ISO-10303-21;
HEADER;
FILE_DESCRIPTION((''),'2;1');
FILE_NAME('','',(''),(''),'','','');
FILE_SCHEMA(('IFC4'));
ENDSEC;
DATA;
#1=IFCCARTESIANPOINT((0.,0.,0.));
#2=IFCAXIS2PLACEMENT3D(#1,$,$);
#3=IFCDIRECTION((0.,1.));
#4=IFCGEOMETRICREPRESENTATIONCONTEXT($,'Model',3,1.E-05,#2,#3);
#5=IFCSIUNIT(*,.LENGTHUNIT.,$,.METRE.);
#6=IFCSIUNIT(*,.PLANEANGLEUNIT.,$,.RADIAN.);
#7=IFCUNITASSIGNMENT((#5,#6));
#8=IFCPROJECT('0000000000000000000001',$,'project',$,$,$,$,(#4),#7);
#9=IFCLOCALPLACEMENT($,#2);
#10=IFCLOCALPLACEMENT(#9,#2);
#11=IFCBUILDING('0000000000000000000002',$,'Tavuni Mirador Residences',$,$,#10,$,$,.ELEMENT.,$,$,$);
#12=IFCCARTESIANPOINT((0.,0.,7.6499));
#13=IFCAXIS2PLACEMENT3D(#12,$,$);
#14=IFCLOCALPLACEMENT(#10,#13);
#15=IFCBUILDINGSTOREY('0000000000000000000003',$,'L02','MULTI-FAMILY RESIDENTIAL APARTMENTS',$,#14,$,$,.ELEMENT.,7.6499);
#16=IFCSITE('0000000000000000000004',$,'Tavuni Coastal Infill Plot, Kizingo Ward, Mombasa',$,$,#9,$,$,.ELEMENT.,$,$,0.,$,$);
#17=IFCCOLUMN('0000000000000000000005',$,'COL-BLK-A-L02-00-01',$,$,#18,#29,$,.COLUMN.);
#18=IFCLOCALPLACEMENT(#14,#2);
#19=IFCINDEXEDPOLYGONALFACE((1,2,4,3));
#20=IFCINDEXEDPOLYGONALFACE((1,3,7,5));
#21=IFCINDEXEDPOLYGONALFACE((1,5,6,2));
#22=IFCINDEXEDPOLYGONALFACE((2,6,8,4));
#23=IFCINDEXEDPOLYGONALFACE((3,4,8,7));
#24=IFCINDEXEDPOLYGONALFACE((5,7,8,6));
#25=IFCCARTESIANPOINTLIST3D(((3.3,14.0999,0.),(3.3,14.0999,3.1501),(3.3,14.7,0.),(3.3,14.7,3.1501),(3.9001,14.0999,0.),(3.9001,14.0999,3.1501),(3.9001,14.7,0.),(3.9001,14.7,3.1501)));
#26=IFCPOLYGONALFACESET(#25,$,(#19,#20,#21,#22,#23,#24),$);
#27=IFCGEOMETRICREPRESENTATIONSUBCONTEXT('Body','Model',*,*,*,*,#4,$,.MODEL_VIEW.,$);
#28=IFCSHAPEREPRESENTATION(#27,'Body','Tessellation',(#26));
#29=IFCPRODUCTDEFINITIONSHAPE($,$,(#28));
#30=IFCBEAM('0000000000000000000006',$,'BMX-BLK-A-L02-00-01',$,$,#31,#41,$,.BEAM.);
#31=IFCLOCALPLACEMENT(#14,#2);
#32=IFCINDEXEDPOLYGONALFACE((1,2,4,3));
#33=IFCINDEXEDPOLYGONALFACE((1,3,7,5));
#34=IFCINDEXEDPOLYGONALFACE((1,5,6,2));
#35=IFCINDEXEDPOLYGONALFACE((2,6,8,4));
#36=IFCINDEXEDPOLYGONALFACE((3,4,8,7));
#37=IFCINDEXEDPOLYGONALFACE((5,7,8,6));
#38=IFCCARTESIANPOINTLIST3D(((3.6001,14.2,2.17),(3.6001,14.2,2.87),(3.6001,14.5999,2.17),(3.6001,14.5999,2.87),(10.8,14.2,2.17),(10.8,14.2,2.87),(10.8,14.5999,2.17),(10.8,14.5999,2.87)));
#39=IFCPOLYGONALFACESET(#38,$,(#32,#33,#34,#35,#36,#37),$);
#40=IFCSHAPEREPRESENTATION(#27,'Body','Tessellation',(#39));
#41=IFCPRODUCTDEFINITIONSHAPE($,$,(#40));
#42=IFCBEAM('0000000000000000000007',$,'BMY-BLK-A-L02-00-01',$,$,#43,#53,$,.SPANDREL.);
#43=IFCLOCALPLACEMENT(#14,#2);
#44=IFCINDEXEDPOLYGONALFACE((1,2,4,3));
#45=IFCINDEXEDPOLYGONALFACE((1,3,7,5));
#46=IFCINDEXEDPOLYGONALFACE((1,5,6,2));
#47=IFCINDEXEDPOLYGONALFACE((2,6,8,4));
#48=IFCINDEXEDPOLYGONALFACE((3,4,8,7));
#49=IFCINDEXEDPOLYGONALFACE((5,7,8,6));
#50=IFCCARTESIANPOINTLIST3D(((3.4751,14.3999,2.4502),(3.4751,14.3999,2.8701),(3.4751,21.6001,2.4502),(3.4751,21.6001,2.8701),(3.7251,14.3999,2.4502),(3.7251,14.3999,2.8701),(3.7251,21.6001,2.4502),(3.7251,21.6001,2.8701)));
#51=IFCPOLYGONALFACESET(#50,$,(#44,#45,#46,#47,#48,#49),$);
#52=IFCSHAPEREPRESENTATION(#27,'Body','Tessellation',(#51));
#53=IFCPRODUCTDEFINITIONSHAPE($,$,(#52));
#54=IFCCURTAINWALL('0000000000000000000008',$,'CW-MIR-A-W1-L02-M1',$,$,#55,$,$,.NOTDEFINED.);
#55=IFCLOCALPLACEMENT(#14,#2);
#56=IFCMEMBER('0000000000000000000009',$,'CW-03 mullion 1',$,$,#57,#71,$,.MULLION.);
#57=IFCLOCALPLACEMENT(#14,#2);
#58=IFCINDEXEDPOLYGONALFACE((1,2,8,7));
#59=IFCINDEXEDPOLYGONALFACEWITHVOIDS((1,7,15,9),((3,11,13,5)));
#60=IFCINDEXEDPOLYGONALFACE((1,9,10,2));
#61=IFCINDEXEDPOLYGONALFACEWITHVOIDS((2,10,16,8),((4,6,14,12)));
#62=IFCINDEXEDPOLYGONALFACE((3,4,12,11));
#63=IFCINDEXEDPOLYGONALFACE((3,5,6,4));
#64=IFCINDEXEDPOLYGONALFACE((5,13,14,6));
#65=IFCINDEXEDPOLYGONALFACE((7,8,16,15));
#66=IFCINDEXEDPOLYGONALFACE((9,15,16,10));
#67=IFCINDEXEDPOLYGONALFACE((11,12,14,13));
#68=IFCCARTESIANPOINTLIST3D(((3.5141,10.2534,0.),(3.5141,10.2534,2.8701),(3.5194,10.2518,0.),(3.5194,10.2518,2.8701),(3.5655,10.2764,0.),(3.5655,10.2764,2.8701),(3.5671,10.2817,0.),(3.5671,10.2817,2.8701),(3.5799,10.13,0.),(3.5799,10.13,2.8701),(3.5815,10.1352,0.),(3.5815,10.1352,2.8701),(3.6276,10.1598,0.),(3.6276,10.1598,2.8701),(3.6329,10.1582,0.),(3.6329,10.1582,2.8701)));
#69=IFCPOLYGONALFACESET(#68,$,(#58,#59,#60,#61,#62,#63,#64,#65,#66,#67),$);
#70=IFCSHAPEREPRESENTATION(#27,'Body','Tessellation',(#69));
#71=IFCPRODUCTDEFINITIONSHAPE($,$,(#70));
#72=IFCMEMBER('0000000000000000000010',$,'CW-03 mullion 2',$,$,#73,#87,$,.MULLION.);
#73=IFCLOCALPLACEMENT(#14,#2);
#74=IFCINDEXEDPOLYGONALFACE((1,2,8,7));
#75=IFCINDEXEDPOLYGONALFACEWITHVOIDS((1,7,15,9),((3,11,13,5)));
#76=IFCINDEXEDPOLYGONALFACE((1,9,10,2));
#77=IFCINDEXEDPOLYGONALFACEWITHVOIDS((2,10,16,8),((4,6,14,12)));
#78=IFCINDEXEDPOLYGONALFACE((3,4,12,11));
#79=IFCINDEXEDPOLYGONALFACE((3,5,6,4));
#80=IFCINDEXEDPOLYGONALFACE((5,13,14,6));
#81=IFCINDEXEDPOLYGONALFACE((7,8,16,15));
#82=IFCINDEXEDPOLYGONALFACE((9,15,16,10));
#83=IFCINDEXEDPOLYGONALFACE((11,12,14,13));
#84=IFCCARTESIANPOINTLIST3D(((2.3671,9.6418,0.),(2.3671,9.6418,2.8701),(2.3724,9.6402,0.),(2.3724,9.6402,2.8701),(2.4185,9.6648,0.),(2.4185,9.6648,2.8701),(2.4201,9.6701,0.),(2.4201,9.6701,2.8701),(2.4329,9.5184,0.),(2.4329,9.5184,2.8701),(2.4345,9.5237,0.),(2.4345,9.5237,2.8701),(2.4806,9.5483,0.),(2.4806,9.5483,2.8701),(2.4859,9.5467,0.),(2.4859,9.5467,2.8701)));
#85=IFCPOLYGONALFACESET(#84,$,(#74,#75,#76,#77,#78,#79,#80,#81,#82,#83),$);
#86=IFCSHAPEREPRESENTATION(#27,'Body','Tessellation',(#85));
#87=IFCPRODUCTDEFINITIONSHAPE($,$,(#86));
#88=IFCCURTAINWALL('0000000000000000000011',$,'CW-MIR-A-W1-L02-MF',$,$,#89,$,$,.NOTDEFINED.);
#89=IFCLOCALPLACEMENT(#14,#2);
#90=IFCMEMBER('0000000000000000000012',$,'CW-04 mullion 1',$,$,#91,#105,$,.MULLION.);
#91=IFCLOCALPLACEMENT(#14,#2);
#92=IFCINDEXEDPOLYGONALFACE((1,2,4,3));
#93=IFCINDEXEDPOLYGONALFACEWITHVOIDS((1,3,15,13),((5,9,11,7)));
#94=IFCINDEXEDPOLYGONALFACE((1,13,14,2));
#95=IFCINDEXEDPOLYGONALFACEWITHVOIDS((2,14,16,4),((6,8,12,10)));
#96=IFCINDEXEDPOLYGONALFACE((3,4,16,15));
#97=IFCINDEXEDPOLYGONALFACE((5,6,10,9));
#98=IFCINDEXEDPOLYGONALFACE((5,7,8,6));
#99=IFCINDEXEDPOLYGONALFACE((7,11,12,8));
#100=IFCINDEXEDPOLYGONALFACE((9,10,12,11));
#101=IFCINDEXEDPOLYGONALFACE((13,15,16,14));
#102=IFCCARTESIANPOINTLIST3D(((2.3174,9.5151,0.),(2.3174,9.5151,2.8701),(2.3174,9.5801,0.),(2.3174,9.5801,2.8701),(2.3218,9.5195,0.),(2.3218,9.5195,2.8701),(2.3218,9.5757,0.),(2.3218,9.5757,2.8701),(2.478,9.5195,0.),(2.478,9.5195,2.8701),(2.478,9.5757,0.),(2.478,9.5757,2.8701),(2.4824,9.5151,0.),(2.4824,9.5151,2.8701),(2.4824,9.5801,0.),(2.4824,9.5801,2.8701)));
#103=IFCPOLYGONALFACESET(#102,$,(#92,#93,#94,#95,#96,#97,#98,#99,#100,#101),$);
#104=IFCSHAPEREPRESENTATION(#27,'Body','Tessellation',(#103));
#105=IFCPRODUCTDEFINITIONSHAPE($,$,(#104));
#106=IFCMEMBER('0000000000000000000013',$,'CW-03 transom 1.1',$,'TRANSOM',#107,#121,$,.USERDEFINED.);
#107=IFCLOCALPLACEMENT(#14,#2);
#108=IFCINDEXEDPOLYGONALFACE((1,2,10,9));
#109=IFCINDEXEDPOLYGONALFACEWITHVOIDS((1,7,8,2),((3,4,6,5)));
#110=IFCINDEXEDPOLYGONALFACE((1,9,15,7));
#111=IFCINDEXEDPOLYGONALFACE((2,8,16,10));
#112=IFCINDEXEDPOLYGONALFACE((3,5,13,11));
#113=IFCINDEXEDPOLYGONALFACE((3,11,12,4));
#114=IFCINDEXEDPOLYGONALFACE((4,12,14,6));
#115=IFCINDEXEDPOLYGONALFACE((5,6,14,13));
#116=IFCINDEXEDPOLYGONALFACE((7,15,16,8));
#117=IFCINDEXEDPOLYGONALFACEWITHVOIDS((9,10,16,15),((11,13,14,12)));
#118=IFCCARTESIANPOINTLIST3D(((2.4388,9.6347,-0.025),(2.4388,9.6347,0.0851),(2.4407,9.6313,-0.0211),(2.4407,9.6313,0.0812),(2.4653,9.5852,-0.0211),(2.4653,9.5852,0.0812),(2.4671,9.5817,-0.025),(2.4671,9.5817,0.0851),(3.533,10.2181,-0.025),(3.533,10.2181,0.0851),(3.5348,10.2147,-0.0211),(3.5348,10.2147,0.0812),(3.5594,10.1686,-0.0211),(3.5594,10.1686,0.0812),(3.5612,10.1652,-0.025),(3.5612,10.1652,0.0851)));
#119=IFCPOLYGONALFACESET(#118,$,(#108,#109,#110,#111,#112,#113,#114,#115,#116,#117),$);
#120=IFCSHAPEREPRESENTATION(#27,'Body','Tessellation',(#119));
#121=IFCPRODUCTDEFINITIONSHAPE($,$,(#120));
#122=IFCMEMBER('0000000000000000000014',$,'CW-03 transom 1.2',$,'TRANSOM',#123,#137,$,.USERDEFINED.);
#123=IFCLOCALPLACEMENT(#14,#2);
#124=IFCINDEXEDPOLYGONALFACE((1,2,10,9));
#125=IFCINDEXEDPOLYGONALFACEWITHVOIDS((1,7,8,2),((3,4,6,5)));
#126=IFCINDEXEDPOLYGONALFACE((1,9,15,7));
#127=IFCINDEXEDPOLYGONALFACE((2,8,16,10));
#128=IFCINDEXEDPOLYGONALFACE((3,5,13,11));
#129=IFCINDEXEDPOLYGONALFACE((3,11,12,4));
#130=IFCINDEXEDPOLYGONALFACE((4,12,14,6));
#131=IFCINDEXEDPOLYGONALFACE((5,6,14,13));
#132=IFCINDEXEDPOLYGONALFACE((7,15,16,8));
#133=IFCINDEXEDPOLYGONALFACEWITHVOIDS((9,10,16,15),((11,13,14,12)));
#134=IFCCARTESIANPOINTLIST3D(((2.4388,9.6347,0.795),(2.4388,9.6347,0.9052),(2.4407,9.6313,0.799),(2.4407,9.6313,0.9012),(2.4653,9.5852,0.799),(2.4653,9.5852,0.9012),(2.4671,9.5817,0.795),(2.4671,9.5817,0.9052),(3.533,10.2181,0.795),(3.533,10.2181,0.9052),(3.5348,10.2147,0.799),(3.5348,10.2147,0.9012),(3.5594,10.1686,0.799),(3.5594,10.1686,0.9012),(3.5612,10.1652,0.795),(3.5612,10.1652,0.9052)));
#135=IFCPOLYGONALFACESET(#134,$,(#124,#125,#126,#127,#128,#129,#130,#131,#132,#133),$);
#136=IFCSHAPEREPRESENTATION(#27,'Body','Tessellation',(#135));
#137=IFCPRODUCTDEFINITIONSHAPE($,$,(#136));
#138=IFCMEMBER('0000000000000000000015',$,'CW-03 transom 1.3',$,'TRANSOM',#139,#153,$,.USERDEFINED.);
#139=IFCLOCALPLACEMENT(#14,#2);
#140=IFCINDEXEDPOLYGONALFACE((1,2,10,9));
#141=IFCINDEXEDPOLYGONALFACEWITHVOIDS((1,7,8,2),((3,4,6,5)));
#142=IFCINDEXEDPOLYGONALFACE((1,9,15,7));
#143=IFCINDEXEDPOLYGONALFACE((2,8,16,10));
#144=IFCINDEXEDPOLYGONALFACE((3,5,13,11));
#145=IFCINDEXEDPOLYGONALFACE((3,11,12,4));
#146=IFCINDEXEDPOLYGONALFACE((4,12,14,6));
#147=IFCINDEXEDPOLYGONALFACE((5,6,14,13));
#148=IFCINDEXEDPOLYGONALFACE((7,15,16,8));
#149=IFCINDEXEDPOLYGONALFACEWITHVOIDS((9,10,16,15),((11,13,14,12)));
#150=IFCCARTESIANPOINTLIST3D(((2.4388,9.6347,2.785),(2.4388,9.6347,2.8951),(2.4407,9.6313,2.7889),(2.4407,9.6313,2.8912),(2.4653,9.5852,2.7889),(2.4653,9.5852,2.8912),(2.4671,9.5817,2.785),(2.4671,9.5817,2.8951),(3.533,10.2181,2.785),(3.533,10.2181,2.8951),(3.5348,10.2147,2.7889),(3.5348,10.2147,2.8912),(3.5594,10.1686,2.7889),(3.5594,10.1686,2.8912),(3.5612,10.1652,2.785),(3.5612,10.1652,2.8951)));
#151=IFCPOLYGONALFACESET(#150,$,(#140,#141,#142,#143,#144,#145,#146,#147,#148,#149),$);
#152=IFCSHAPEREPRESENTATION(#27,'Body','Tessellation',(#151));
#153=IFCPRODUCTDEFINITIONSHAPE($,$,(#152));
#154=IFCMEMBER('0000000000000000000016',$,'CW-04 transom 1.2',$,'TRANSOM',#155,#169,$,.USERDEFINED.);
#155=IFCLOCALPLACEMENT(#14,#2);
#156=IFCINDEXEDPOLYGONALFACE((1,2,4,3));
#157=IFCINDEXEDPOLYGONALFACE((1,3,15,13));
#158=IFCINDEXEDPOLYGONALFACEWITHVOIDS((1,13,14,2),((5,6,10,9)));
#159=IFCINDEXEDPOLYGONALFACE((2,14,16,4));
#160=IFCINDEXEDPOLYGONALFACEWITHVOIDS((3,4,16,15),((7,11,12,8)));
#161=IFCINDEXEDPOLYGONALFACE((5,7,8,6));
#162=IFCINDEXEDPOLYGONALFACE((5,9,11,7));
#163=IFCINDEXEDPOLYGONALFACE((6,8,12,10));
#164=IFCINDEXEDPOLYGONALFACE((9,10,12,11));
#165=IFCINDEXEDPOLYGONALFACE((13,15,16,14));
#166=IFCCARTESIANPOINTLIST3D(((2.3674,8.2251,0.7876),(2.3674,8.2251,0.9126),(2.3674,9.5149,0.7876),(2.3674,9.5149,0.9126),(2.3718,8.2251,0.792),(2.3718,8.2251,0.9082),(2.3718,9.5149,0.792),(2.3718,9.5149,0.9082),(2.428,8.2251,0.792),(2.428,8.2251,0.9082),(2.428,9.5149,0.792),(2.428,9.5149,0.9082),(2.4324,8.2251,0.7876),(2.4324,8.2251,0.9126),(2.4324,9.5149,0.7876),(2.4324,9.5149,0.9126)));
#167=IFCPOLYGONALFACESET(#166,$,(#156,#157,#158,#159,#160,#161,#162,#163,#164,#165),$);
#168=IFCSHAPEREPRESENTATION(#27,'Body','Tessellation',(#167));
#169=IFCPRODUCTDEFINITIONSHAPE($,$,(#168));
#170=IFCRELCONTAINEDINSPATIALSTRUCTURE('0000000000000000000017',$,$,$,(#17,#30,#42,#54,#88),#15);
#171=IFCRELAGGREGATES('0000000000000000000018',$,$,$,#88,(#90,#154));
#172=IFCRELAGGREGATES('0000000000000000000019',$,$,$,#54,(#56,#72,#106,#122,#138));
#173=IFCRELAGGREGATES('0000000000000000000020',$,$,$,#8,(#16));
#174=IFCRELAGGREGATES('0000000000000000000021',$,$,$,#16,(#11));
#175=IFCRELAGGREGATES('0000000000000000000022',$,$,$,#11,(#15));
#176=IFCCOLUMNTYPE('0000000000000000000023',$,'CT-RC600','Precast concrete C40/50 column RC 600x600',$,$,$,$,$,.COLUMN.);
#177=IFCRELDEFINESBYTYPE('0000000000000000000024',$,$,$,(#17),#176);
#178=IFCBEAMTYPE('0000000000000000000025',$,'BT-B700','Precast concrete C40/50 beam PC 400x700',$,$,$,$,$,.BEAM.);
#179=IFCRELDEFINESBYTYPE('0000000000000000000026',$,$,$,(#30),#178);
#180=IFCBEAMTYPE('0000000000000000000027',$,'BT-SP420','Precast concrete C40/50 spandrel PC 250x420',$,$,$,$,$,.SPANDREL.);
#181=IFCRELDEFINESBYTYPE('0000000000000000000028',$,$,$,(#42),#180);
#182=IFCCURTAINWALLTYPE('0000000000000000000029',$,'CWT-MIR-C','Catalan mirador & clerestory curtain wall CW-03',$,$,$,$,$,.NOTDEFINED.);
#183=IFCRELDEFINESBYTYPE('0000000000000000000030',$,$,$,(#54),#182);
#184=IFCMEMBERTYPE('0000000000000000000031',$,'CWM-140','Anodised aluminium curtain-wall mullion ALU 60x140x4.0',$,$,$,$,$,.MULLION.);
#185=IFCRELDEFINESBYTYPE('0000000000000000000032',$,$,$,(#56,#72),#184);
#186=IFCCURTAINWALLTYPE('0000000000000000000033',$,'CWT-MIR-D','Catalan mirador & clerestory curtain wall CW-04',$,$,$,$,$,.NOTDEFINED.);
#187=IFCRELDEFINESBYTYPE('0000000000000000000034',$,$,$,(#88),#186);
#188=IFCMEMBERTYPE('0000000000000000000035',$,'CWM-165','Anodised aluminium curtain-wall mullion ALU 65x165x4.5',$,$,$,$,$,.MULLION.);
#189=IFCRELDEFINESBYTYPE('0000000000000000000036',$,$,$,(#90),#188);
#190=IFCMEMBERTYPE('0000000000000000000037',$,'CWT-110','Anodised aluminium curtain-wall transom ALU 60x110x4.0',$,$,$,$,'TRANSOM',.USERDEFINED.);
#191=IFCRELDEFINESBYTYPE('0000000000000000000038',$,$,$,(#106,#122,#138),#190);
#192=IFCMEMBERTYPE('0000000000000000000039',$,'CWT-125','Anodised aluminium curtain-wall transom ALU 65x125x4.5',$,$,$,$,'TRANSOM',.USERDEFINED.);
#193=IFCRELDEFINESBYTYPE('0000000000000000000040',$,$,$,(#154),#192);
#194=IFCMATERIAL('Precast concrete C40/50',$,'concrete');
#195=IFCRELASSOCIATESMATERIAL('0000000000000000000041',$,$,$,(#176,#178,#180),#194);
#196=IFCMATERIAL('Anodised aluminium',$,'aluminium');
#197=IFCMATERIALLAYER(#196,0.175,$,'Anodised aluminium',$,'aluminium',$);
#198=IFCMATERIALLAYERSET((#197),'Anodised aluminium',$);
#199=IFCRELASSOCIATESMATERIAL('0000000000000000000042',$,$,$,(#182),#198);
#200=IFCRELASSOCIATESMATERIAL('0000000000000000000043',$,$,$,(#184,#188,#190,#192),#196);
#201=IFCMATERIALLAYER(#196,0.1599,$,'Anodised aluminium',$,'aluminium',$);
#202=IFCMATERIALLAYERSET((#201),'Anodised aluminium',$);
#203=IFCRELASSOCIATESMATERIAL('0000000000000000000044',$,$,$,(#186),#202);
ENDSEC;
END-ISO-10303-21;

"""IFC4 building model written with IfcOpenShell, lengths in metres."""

from ifc_helpers import new_model, si_unit, direction, frame, origin, origin_2d, place, context, subcontext, project, spatial, rectangle, hollow_rectangle, extrude, material, layer, layer_set, material_profile, profile_set, type_object, element, aggregate, save


model = new_model("IFC4")

# Units and contexts
model_context = context("Model", 3, precision=1e-05, world=origin(), true_north=direction((0.0, 1.0)))
body_context = subcontext(model_context, "Body", "Model", "MODEL_VIEW")
ifc_project = project(units=[si_unit("LENGTHUNIT", "METRE"), si_unit("PLANEANGLEUNIT", "RADIAN")], contexts=[model_context])

# Site, building, storey
site_placement = place(None, origin())
site = spatial("IfcSite", under=ifc_project, at=site_placement, Name="Tavuni Coastal Infill Plot, Kizingo Ward, Mombasa", CompositionType="ELEMENT", RefElevation=0.0)
building_placement = place(site_placement, origin())
building = spatial("IfcBuilding", under=site, at=building_placement, Name="Tavuni Mirador Residences", CompositionType="ELEMENT")
storey_placement = place(building_placement, frame((0.0, 0.0, 7.6499)))
storey = spatial("IfcBuildingStorey", under=building, at=storey_placement, Name="L02", Description="MULTI-FAMILY RESIDENTIAL APARTMENTS", CompositionType="ELEMENT", Elevation=7.6499)

# Column
ifc_material_1 = material(Name="Precast concrete C40/50", Category="concrete")
ifc_material_profile_1 = material_profile(ifc_material_1, rectangle(XDim=0.6001, YDim=0.6001, at=origin_2d()), Name="RC 600x600", Category="concrete")
ifc_profile_set_1 = profile_set([ifc_material_profile_1], Name="Precast concrete C40/50")
column_type = type_object("IfcColumnType", Name="CT-RC600", Description="Precast concrete C40/50 column RC 600x600", PredefinedType="COLUMN", material=ifc_profile_set_1)
column_placement = place(storey_placement, frame((3.6001, 14.3999, 0.0), z_axis=(0.0, 0.0, 1.0), x_axis=(1.0, 0.0, 0.0)))
element("IfcColumn", 1, at=column_placement, inside=storey, type_object=column_type, Name="COL-BLK-A-L02-00-01", PredefinedType="COLUMN", context=body_context, shape_type="SweptSolid", body=[
    extrude(rectangle(XDim=0.6001, YDim=0.6001, at=origin_2d()), origin(), (0.0, 0.0, 1.0), 3.1501),
])

# Beams
ifc_material_profile_2 = material_profile(ifc_material_1, rectangle(XDim=0.3999, YDim=0.7, at=origin_2d()), Name="PC 400x700", Category="concrete")
ifc_profile_set_2 = profile_set([ifc_material_profile_2], Name="Precast concrete C40/50")
beam_type_1 = type_object("IfcBeamType", Name="BT-B700", Description="Precast concrete C40/50 beam PC 400x700", PredefinedType="BEAM", material=ifc_profile_set_2)
beam_1_placement = place(storey_placement, frame((3.6001, 14.3999, 2.52), z_axis=(1.0, 0.0, 0.0), x_axis=(0.0, 1.0, 0.0)))
element("IfcBeam", 2, at=beam_1_placement, inside=storey, type_object=beam_type_1, Name="BMX-BLK-A-L02-00-01", PredefinedType="BEAM", context=body_context, shape_type="SweptSolid", body=[
    extrude(rectangle(XDim=0.3999, YDim=0.7, at=origin_2d()), origin(), (0.0, 0.0, 1.0), 7.2),
])
ifc_material_profile_3 = material_profile(ifc_material_1, rectangle(XDim=0.25, YDim=0.4199, at=origin_2d()), Name="PC 250x420", Category="concrete")
ifc_profile_set_3 = profile_set([ifc_material_profile_3], Name="Precast concrete C40/50")
beam_type_2 = type_object("IfcBeamType", Name="BT-SP420", Description="Precast concrete C40/50 spandrel PC 250x420", PredefinedType="SPANDREL", material=ifc_profile_set_3)
beam_2_placement = place(storey_placement, frame((3.6001, 14.3999, 2.6602), z_axis=(0.0, 1.0, 0.0), x_axis=(-1.0, 0.0, 0.0)))
element("IfcBeam", 3, at=beam_2_placement, inside=storey, type_object=beam_type_2, Name="BMY-BLK-A-L02-00-01", PredefinedType="SPANDREL", context=body_context, shape_type="SweptSolid", body=[
    extrude(rectangle(XDim=0.25, YDim=0.4199, at=origin_2d()), origin(), (0.0, 0.0, 1.0), 7.2002),
])

# Curtain wall, members
ifc_material_2 = material(Name="Anodised aluminium", Category="aluminium")
ifc_layer_1 = layer(ifc_material_2, 0.175, Name="Anodised aluminium", Category="aluminium")
ifc_layer_set_1 = layer_set([ifc_layer_1], Name="Anodised aluminium")
curtain_wall_type_1 = type_object("IfcCurtainWallType", Name="CWT-MIR-C", Description="Catalan mirador & clerestory curtain wall CW-03", PredefinedType="NOTDEFINED", material=ifc_layer_set_1)
curtain_wall_1_placement = place(storey_placement, origin())
curtain_wall_1 = element("IfcCurtainWall", 4, at=curtain_wall_1_placement, inside=storey, type_object=curtain_wall_type_1, Name="CW-MIR-A-W1-L02-M1", PredefinedType="NOTDEFINED")
ifc_material_profile_4 = material_profile(ifc_material_2, hollow_rectangle(XDim=0.0601, YDim=0.1399, WallThickness=0.0039, at=origin_2d()), Name="ALU 60x140x4.0", Category="aluminium")
ifc_profile_set_4 = profile_set([ifc_material_profile_4], Name="Anodised aluminium")
member_type_1 = type_object("IfcMemberType", Name="CWM-140", Description="Anodised aluminium curtain-wall mullion ALU 60x140x4.0", PredefinedType="MULLION", material=ifc_profile_set_4)
member_1_placement = place(storey_placement, frame((3.5735, 10.2058, 0.0), z_axis=(0.0, 0.0, 1.0), x_axis=(-0.882353, -0.470588, 0.0)))
member_1 = element("IfcMember", 5, at=member_1_placement, type_object=member_type_1, Name="CW-03 mullion 1", PredefinedType="MULLION", context=body_context, shape_type="SweptSolid", body=[
    extrude(hollow_rectangle(XDim=0.0601, YDim=0.1399, WallThickness=0.0039, at=origin_2d()), origin(), (0.0, 0.0, 1.0), 2.8701),
])
member_2_placement = place(storey_placement, frame((2.4265, 9.5942, 0.0), z_axis=(0.0, 0.0, 1.0), x_axis=(-0.882353, -0.470588, 0.0)))
member_2 = element("IfcMember", 6, at=member_2_placement, type_object=member_type_1, Name="CW-03 mullion 2", PredefinedType="MULLION", context=body_context, shape_type="SweptSolid", body=[
    extrude(hollow_rectangle(XDim=0.0601, YDim=0.1399, WallThickness=0.0039, at=origin_2d()), origin(), (0.0, 0.0, 1.0), 2.8701),
])

# Curtain wall, member
ifc_layer_2 = layer(ifc_material_2, 0.1599, Name="Anodised aluminium", Category="aluminium")
ifc_layer_set_2 = layer_set([ifc_layer_2], Name="Anodised aluminium")
curtain_wall_type_2 = type_object("IfcCurtainWallType", Name="CWT-MIR-D", Description="Catalan mirador & clerestory curtain wall CW-04", PredefinedType="NOTDEFINED", material=ifc_layer_set_2)
curtain_wall_2_placement = place(storey_placement, origin())
curtain_wall_2 = element("IfcCurtainWall", 7, at=curtain_wall_2_placement, inside=storey, type_object=curtain_wall_type_2, Name="CW-MIR-A-W1-L02-MF", PredefinedType="NOTDEFINED")
ifc_material_profile_5 = material_profile(ifc_material_2, hollow_rectangle(XDim=0.0649, YDim=0.165, WallThickness=0.0044, at=origin_2d()), Name="ALU 65x165x4.5", Category="aluminium")
ifc_profile_set_5 = profile_set([ifc_material_profile_5], Name="Anodised aluminium")
member_type_2 = type_object("IfcMemberType", Name="CWM-165", Description="Anodised aluminium curtain-wall mullion ALU 65x165x4.5", PredefinedType="MULLION", material=ifc_profile_set_5)
member_3_placement = place(storey_placement, frame((2.3999, 9.5476, 0.0), z_axis=(0.0, 0.0, 1.0), x_axis=(0.0, -1.0, 0.0)))
member_3 = element("IfcMember", 8, at=member_3_placement, type_object=member_type_2, Name="CW-04 mullion 1", PredefinedType="MULLION", context=body_context, shape_type="SweptSolid", body=[
    extrude(hollow_rectangle(XDim=0.0649, YDim=0.165, WallThickness=0.0044, at=origin_2d()), origin(), (0.0, 0.0, 1.0), 2.8701),
])

# Members
ifc_material_profile_6 = material_profile(ifc_material_2, hollow_rectangle(XDim=0.0601, YDim=0.1101, WallThickness=0.0039, at=origin_2d()), Name="ALU 60x110x4.0", Category="aluminium")
ifc_profile_set_6 = profile_set([ifc_material_profile_6], Name="Anodised aluminium")
member_type_3 = type_object("IfcMemberType", Name="CWT-110", Description="Anodised aluminium curtain-wall transom ALU 60x110x4.0", ElementType="TRANSOM", PredefinedType="USERDEFINED", material=ifc_profile_set_6)
member_4_placement = place(storey_placement, frame((3.5471, 10.1917, 0.03), z_axis=(-0.882386, -0.470527, 0.0), x_axis=(0.470527, -0.882386, 0.0)))
member_4 = element("IfcMember", 9, at=member_4_placement, type_object=member_type_3, Name="CW-03 transom 1.1", ObjectType="TRANSOM", PredefinedType="USERDEFINED", context=body_context, shape_type="SweptSolid", body=[
    extrude(hollow_rectangle(XDim=0.0601, YDim=0.1101, WallThickness=0.0039, at=origin_2d()), origin(), (0.0, 0.0, 1.0), 1.24),
])
member_5_placement = place(storey_placement, frame((3.5471, 10.1917, 0.8501), z_axis=(-0.882386, -0.470527, 0.0), x_axis=(0.470527, -0.882386, 0.0)))
member_5 = element("IfcMember", 10, at=member_5_placement, type_object=member_type_3, Name="CW-03 transom 1.2", ObjectType="TRANSOM", PredefinedType="USERDEFINED", context=body_context, shape_type="SweptSolid", body=[
    extrude(hollow_rectangle(XDim=0.0601, YDim=0.1101, WallThickness=0.0039, at=origin_2d()), origin(), (0.0, 0.0, 1.0), 1.24),
])
member_6_placement = place(storey_placement, frame((3.5471, 10.1917, 2.8401), z_axis=(-0.882386, -0.470527, 0.0), x_axis=(0.470527, -0.882386, 0.0)))
member_6 = element("IfcMember", 11, at=member_6_placement, type_object=member_type_3, Name="CW-03 transom 1.3", ObjectType="TRANSOM", PredefinedType="USERDEFINED", context=body_context, shape_type="SweptSolid", body=[
    extrude(hollow_rectangle(XDim=0.0601, YDim=0.1101, WallThickness=0.0039, at=origin_2d()), origin(), (0.0, 0.0, 1.0), 1.24),
])
ifc_material_profile_7 = material_profile(ifc_material_2, hollow_rectangle(XDim=0.0649, YDim=0.125, WallThickness=0.0044, at=origin_2d()), Name="ALU 65x125x4.5", Category="aluminium")
ifc_profile_set_7 = profile_set([ifc_material_profile_7], Name="Anodised aluminium")
member_type_4 = type_object("IfcMemberType", Name="CWT-125", Description="Anodised aluminium curtain-wall transom ALU 65x125x4.5", ElementType="TRANSOM", PredefinedType="USERDEFINED", material=ifc_profile_set_7)
member_7_placement = place(storey_placement, frame((2.3999, 9.5149, 0.8501), z_axis=(0.0, -1.0, 0.0), x_axis=(1.0, 0.0, 0.0)))
member_7 = element("IfcMember", 12, at=member_7_placement, type_object=member_type_4, Name="CW-04 transom 1.2", ObjectType="TRANSOM", PredefinedType="USERDEFINED", context=body_context, shape_type="SweptSolid", body=[
    extrude(hollow_rectangle(XDim=0.0649, YDim=0.125, WallThickness=0.0044, at=origin_2d()), origin(), (0.0, 0.0, 1.0), 1.2898),
])
aggregate(curtain_wall_2, [member_3, member_7])

aggregate(curtain_wall_1, [member_1, member_2, member_4, member_5, member_6])

save(model, "model.ifc")
